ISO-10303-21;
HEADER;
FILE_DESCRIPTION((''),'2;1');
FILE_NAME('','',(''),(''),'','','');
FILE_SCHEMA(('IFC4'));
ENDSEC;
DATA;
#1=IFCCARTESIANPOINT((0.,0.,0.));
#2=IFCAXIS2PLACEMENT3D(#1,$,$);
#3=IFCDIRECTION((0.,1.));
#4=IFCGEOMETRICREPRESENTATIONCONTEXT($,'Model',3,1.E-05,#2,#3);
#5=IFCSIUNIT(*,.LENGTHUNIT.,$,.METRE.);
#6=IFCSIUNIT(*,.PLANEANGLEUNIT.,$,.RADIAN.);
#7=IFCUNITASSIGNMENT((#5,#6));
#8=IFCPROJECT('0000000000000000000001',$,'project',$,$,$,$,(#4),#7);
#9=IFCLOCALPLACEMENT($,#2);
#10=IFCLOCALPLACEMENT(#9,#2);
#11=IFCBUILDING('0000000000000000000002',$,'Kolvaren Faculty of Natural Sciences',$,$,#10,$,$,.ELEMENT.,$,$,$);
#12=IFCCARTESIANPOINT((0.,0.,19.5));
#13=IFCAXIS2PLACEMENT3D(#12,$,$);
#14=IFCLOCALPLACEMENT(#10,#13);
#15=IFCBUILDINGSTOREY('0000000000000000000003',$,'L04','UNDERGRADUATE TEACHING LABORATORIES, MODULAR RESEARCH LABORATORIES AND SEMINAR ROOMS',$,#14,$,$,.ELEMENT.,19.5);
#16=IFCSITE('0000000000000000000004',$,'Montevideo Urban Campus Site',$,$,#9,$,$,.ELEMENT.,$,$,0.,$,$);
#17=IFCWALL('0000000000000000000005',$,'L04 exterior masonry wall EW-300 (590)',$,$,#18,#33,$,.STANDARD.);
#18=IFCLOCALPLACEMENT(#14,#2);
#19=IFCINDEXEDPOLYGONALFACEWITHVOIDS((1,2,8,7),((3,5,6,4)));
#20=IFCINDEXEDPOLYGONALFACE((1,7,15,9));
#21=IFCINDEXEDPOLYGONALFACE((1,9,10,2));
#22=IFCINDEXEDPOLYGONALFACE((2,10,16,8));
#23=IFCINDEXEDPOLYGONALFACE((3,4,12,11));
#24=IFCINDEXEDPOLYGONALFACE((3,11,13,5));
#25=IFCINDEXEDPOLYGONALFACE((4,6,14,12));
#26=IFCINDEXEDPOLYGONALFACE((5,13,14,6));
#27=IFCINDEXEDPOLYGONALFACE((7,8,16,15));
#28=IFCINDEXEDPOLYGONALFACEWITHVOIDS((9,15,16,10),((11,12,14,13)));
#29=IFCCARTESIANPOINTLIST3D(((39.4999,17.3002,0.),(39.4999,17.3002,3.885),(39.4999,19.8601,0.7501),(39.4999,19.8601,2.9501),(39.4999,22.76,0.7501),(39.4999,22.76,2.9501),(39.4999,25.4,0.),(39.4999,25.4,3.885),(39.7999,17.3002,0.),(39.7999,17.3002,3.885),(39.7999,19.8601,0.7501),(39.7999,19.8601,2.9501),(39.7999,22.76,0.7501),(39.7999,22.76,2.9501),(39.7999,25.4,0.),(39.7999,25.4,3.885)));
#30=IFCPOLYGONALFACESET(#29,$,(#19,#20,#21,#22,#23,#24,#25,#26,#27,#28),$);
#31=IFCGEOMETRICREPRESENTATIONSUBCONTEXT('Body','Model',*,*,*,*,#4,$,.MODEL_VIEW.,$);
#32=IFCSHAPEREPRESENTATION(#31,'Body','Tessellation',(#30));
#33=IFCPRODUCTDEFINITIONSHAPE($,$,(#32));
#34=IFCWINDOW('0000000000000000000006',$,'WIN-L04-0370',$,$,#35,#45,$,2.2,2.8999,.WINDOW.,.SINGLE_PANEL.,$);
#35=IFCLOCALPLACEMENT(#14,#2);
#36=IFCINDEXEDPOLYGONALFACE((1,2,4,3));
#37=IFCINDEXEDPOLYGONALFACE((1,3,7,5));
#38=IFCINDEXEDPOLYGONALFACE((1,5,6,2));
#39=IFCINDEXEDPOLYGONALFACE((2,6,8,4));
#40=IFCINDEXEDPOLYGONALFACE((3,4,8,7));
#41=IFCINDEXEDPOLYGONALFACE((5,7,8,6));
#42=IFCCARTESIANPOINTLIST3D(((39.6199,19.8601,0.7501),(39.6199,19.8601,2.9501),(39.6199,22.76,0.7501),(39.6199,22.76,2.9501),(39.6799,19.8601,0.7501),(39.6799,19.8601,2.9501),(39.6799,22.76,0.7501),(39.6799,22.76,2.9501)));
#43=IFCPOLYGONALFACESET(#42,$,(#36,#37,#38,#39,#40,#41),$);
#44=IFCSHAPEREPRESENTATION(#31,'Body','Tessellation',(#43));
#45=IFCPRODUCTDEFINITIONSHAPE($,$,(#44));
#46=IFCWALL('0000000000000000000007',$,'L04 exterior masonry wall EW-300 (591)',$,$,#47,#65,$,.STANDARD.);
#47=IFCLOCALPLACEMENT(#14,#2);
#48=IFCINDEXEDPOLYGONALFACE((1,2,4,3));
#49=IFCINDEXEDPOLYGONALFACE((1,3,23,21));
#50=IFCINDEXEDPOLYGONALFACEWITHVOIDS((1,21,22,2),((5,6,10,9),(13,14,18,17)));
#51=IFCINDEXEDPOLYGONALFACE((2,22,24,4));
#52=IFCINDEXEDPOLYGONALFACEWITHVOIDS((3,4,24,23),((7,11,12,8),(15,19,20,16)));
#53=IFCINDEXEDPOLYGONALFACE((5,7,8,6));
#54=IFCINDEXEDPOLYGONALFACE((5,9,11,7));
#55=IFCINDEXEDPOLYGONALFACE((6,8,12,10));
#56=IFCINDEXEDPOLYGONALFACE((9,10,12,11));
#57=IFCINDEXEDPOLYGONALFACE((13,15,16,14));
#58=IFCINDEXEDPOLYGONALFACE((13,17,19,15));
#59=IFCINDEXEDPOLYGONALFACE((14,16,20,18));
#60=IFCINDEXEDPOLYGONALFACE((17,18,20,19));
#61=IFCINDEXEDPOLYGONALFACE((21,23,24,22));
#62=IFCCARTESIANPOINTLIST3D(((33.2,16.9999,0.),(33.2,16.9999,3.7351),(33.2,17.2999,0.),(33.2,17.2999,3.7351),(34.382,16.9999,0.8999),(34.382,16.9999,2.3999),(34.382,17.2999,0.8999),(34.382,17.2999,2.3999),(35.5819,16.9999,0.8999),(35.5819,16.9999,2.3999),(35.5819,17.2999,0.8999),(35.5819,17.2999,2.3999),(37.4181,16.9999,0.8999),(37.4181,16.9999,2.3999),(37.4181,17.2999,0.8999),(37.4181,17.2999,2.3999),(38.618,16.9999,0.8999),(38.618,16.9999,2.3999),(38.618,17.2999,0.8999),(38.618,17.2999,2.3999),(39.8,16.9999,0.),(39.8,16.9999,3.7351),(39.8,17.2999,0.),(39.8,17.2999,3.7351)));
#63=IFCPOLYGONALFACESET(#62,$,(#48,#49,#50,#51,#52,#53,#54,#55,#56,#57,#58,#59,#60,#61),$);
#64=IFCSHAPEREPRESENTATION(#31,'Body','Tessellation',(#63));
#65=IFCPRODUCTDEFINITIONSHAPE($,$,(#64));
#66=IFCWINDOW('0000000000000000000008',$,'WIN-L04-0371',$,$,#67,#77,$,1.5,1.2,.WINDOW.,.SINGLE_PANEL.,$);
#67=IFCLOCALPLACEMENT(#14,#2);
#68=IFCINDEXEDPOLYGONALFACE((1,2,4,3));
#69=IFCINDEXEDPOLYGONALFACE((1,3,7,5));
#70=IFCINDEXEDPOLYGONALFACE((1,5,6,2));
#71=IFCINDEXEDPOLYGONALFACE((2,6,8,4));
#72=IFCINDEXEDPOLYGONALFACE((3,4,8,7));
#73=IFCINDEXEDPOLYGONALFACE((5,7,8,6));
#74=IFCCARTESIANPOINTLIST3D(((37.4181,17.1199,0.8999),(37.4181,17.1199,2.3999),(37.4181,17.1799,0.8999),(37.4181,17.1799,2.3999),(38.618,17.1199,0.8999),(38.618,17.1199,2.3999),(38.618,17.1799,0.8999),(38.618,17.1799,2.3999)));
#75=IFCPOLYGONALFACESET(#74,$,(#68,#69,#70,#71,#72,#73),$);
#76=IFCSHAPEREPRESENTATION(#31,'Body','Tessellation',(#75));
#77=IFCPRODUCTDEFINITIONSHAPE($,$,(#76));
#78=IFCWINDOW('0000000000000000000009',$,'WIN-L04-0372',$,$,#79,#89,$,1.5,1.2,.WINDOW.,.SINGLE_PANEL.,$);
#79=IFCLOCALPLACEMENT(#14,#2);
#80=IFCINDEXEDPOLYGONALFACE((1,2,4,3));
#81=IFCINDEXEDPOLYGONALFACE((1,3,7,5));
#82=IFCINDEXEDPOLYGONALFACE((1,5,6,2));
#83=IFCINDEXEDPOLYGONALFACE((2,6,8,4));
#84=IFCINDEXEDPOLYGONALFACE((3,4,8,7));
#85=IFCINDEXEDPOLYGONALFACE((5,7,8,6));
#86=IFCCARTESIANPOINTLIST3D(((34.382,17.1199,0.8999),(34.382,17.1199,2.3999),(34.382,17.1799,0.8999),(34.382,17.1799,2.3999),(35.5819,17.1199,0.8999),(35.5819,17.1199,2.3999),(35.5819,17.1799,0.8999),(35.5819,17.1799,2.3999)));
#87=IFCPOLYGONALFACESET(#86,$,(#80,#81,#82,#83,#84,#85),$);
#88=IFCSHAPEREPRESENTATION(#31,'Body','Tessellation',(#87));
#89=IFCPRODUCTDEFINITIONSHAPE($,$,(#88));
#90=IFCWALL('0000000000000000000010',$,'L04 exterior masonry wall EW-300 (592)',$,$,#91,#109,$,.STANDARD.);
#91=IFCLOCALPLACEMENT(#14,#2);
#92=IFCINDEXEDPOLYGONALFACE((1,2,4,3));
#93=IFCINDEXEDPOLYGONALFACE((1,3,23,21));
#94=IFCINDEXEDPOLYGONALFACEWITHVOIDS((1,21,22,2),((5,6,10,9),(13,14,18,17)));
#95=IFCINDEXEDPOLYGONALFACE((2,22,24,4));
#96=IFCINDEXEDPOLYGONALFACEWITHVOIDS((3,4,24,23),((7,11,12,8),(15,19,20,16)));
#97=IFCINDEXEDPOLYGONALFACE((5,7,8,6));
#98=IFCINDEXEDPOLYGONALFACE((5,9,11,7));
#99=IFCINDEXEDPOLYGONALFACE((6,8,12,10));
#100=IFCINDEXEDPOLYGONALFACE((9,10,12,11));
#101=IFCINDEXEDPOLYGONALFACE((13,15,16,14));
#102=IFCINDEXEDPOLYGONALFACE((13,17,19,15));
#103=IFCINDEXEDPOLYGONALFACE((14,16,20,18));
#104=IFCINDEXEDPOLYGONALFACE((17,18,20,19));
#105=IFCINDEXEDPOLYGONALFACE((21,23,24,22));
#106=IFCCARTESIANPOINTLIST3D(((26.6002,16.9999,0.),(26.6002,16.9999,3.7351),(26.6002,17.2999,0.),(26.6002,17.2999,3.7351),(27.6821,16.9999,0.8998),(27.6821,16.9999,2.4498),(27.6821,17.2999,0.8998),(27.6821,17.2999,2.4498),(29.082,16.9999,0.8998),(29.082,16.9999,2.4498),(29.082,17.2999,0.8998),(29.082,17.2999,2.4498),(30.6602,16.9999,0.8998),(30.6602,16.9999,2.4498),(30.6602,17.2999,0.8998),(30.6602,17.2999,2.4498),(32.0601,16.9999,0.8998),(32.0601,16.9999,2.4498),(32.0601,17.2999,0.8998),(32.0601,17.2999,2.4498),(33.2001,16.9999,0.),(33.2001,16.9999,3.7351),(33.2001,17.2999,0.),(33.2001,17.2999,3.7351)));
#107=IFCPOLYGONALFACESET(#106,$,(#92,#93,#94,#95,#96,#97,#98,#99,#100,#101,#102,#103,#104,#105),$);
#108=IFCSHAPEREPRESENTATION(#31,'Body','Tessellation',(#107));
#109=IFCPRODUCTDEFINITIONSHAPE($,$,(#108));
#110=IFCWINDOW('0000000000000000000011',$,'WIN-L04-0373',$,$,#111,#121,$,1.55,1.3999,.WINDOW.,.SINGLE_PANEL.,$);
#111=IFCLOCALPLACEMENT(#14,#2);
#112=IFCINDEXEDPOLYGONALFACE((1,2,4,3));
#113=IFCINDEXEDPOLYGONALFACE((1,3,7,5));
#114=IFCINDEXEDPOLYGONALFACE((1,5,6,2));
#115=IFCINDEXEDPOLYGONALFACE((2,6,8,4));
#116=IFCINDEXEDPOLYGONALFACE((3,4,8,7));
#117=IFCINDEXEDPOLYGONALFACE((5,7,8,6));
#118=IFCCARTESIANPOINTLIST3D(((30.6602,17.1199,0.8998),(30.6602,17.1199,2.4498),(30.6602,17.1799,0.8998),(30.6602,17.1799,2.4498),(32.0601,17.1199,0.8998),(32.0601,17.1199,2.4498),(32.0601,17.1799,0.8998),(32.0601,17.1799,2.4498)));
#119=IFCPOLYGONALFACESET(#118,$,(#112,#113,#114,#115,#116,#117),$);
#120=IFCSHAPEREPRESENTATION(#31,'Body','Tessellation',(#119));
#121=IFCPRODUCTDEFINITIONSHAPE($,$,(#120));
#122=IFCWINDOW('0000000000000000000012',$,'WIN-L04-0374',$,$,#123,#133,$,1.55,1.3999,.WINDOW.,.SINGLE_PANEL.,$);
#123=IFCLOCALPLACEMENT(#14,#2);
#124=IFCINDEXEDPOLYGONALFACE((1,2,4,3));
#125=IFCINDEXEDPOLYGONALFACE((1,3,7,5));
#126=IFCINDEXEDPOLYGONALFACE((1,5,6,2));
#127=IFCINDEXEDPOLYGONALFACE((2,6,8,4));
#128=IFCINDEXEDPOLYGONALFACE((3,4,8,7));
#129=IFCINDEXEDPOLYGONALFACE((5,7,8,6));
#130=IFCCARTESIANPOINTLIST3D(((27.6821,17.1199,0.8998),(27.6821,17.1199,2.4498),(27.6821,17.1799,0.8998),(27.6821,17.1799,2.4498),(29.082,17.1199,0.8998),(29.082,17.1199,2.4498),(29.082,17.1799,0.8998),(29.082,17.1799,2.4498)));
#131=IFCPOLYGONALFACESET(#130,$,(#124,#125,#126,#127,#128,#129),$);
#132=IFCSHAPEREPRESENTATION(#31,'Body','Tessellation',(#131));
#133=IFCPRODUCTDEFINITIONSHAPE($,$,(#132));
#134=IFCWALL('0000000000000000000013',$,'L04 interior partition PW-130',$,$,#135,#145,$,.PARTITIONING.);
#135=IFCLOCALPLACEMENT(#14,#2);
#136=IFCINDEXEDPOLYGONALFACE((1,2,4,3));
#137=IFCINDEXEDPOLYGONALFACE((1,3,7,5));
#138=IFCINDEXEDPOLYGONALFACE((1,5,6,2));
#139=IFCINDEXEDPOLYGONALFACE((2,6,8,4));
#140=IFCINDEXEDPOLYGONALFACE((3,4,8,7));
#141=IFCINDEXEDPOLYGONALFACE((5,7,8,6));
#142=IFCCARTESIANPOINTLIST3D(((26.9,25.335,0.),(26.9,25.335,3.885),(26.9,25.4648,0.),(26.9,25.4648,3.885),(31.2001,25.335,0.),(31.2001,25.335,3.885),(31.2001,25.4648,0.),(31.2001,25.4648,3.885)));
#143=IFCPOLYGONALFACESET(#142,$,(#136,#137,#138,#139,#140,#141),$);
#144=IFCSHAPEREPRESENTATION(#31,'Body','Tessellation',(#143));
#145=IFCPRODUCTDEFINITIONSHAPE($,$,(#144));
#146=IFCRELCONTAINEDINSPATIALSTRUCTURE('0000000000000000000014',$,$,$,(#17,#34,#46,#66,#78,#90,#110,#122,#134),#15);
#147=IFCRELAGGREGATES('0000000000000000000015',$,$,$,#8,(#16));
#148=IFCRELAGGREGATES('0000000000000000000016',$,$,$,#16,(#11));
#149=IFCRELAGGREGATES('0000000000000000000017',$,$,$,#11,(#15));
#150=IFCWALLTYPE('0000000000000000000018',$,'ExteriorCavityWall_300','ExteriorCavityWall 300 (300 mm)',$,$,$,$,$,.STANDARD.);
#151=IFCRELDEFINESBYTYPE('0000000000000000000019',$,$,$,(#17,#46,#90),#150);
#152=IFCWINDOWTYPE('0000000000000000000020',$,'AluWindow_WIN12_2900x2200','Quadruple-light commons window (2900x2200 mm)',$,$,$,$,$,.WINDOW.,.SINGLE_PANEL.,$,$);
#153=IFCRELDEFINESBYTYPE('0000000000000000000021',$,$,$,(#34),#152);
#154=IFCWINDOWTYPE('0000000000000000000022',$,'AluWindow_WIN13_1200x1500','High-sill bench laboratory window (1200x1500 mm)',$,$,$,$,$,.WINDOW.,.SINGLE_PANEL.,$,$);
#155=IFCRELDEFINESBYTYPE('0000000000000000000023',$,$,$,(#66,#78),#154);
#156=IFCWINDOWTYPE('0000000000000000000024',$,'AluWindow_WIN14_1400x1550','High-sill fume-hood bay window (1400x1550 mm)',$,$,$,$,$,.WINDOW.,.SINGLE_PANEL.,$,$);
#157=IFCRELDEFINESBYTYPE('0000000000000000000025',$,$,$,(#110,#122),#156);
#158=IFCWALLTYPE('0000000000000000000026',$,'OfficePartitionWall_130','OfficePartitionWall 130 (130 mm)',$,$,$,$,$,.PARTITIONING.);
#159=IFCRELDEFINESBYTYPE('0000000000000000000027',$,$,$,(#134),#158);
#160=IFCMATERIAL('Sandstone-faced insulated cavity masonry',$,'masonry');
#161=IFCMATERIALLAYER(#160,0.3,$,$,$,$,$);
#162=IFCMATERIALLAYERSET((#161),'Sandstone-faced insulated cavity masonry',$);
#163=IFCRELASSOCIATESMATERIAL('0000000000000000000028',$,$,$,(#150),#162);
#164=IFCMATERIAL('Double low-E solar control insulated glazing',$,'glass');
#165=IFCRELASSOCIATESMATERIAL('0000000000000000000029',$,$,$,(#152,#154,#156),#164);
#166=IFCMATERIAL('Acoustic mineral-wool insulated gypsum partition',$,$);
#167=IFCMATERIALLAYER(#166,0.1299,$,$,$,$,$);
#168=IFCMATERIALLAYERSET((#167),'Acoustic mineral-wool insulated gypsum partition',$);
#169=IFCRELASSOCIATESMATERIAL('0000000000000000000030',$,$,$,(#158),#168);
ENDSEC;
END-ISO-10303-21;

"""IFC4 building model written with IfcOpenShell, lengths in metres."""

from ifc_helpers import new_model, si_unit, direction, frame, frame_2d, origin, place, context, subcontext, project, spatial, rectangle, extrude, material, layer, layer_set, type_object, element, fill, save


model = new_model("IFC4")

# Units and contexts
model_context = context("Model", 3, precision=1e-05, world=origin(), true_north=direction((0.0, 1.0)))
body_context = subcontext(model_context, "Body", "Model", "MODEL_VIEW")
ifc_project = project(units=[si_unit("LENGTHUNIT", "METRE"), si_unit("PLANEANGLEUNIT", "RADIAN")], contexts=[model_context])

# Site, building, storey
site_placement = place(None, origin())
site = spatial("IfcSite", under=ifc_project, at=site_placement, Name="Montevideo Urban Campus Site", CompositionType="ELEMENT", RefElevation=0.0)
building_placement = place(site_placement, origin())
building = spatial("IfcBuilding", under=site, at=building_placement, Name="Kolvaren Faculty of Natural Sciences", CompositionType="ELEMENT")
storey_placement = place(building_placement, frame((0.0, 0.0, 19.5)))
storey = spatial("IfcBuildingStorey", under=building, at=storey_placement, Name="L04", Description="UNDERGRADUATE TEACHING LABORATORIES, MODULAR RESEARCH LABORATORIES AND SEMINAR ROOMS", CompositionType="ELEMENT", Elevation=19.5)

# Shared definitions
ifc_material_1 = material(Name="Acoustic mineral-wool insulated gypsum partition")

# Wall, opening, window
ifc_material_2 = material(Name="Sandstone-faced insulated cavity masonry", Category="masonry")
ifc_layer_1 = layer(ifc_material_2, 0.3)
ifc_layer_set_1 = layer_set([ifc_layer_1], Name="Sandstone-faced insulated cavity masonry")
wall_type_1 = type_object("IfcWallType", Name="ExteriorCavityWall_300", Description="ExteriorCavityWall 300 (300 mm)", PredefinedType="STANDARD", material=ifc_layer_set_1)
wall_1_placement = place(storey_placement, frame((39.6499, 25.3999, 0.0), z_axis=(0.0, 0.0, 1.0), x_axis=(0.0, -1.0, 0.0)))
wall_1 = element("IfcWall", 1, at=wall_1_placement, inside=storey, type_object=wall_type_1, Name="L04 exterior masonry wall EW-300 (590)", PredefinedType="STANDARD", context=body_context, shape_type="SweptSolid", body=[
    extrude(rectangle(XDim=8.0999, YDim=0.3, at=frame_2d((4.0498, 0.0))), origin(), (0.0, 0.0, 1.0), 3.885),
])
opening_1_placement = place(wall_1_placement, frame((2.6399, 0.0, 0.75)))
opening_1 = element("IfcOpeningElement", 2, at=opening_1_placement, cuts=wall_1, PredefinedType="OPENING", context=body_context, shape_type="SweptSolid", body=[
    extrude(rectangle(XDim=2.8999, YDim=2.2, at=frame_2d((1.45, 1.1001))), frame((0.0, 0.1599, 0.0), z_axis=(0.0, -1.0, 0.0), x_axis=(1.0, 0.0, 0.0)), (0.0, 0.0, 1.0), 0.3201),
])
ifc_material_3 = material(Name="Double low-E solar control insulated glazing", Category="glass")
window_type_1 = type_object("IfcWindowType", Name="AluWindow_WIN12_2900x2200", Description="Quadruple-light commons window (2900x2200 mm)", PartitioningType="SINGLE_PANEL", PredefinedType="WINDOW", material=ifc_material_3)
window_1_placement = place(opening_1_placement, origin())
window_1 = element("IfcWindow", 3, at=window_1_placement, inside=storey, type_object=window_type_1, Name="WIN-L04-0370", OverallHeight=2.2, OverallWidth=2.8999, PartitioningType="SINGLE_PANEL", PredefinedType="WINDOW", context=body_context, shape_type="SweptSolid", body=[
    extrude(rectangle(XDim=2.8999, YDim=2.2, at=frame_2d((1.45, 1.1001))), frame((0.0, 0.03, 0.0), z_axis=(0.0, -1.0, 0.0), x_axis=(1.0, 0.0, 0.0)), (0.0, 0.0, 1.0), 0.0601),
])
fill(opening_1, window_1)

# Walls, openings, windows
wall_2_placement = place(storey_placement, frame((39.8, 17.1499, 0.0), z_axis=(0.0, 0.0, 1.0), x_axis=(-1.0, 0.0, 0.0)))
wall_2 = element("IfcWall", 4, at=wall_2_placement, inside=storey, type_object=wall_type_1, Name="L04 exterior masonry wall EW-300 (591)", PredefinedType="STANDARD", context=body_context, shape_type="SweptSolid", body=[
    extrude(rectangle(XDim=6.6001, YDim=0.3, at=frame_2d((3.3, 0.0))), origin(), (0.0, 0.0, 1.0), 3.7351),
])
opening_2_placement = place(wall_2_placement, frame((1.1819, 0.0, 0.8999)))
opening_2 = element("IfcOpeningElement", 5, at=opening_2_placement, cuts=wall_2, PredefinedType="OPENING", context=body_context, shape_type="SweptSolid", body=[
    extrude(rectangle(XDim=1.2, YDim=1.5, at=frame_2d((0.6001, 0.75))), frame((0.0, 0.1599, 0.0), z_axis=(0.0, -1.0, 0.0), x_axis=(1.0, 0.0, 0.0)), (0.0, 0.0, 1.0), 0.3201),
])
opening_3_placement = place(wall_2_placement, frame((4.218, 0.0, 0.8999)))
opening_3 = element("IfcOpeningElement", 6, at=opening_3_placement, cuts=wall_2, PredefinedType="OPENING", context=body_context, shape_type="SweptSolid", body=[
    extrude(rectangle(XDim=1.2, YDim=1.5, at=frame_2d((0.6001, 0.75))), frame((0.0, 0.1599, 0.0), z_axis=(0.0, -1.0, 0.0), x_axis=(1.0, 0.0, 0.0)), (0.0, 0.0, 1.0), 0.3201),
])
window_type_2 = type_object("IfcWindowType", Name="AluWindow_WIN13_1200x1500", Description="High-sill bench laboratory window (1200x1500 mm)", PartitioningType="SINGLE_PANEL", PredefinedType="WINDOW", material=ifc_material_3)
window_2_placement = place(opening_2_placement, origin())
window_2 = element("IfcWindow", 7, at=window_2_placement, inside=storey, type_object=window_type_2, Name="WIN-L04-0371", OverallHeight=1.5, OverallWidth=1.2, PartitioningType="SINGLE_PANEL", PredefinedType="WINDOW", context=body_context, shape_type="SweptSolid", body=[
    extrude(rectangle(XDim=1.2, YDim=1.5, at=frame_2d((0.6001, 0.75))), frame((0.0, 0.03, 0.0), z_axis=(0.0, -1.0, 0.0), x_axis=(1.0, 0.0, 0.0)), (0.0, 0.0, 1.0), 0.0601),
])
fill(opening_2, window_2)
window_3_placement = place(opening_3_placement, origin())
window_3 = element("IfcWindow", 8, at=window_3_placement, inside=storey, type_object=window_type_2, Name="WIN-L04-0372", OverallHeight=1.5, OverallWidth=1.2, PartitioningType="SINGLE_PANEL", PredefinedType="WINDOW", context=body_context, shape_type="SweptSolid", body=[
    extrude(rectangle(XDim=1.2, YDim=1.5, at=frame_2d((0.6001, 0.75))), frame((0.0, 0.03, 0.0), z_axis=(0.0, -1.0, 0.0), x_axis=(1.0, 0.0, 0.0)), (0.0, 0.0, 1.0), 0.0601),
])
fill(opening_3, window_3)
wall_3_placement = place(storey_placement, frame((33.2, 17.1499, 0.0), z_axis=(0.0, 0.0, 1.0), x_axis=(-1.0, 0.0, 0.0)))
wall_3 = element("IfcWall", 9, at=wall_3_placement, inside=storey, type_object=wall_type_1, Name="L04 exterior masonry wall EW-300 (592)", PredefinedType="STANDARD", context=body_context, shape_type="SweptSolid", body=[
    extrude(rectangle(XDim=6.5999, YDim=0.3, at=frame_2d((3.2998, 0.0))), origin(), (0.0, 0.0, 1.0), 3.7351),
])
opening_4_placement = place(wall_3_placement, frame((1.1399, 0.0, 0.8999)))
opening_4 = element("IfcOpeningElement", 10, at=opening_4_placement, cuts=wall_3, PredefinedType="OPENING", context=body_context, shape_type="SweptSolid", body=[
    extrude(rectangle(XDim=1.3999, YDim=1.55, at=frame_2d((0.7, 0.7749))), frame((0.0, 0.1599, 0.0), z_axis=(0.0, -1.0, 0.0), x_axis=(1.0, 0.0, 0.0)), (0.0, 0.0, 1.0), 0.3201),
])
opening_5_placement = place(wall_3_placement, frame((4.1179, 0.0, 0.8999)))
opening_5 = element("IfcOpeningElement", 11, at=opening_5_placement, cuts=wall_3, PredefinedType="OPENING", context=body_context, shape_type="SweptSolid", body=[
    extrude(rectangle(XDim=1.3999, YDim=1.55, at=frame_2d((0.7, 0.7749))), frame((0.0, 0.1599, 0.0), z_axis=(0.0, -1.0, 0.0), x_axis=(1.0, 0.0, 0.0)), (0.0, 0.0, 1.0), 0.3201),
])
window_type_3 = type_object("IfcWindowType", Name="AluWindow_WIN14_1400x1550", Description="High-sill fume-hood bay window (1400x1550 mm)", PartitioningType="SINGLE_PANEL", PredefinedType="WINDOW", material=ifc_material_3)
window_4_placement = place(opening_4_placement, origin())
window_4 = element("IfcWindow", 12, at=window_4_placement, inside=storey, type_object=window_type_3, Name="WIN-L04-0373", OverallHeight=1.55, OverallWidth=1.3999, PartitioningType="SINGLE_PANEL", PredefinedType="WINDOW", context=body_context, shape_type="SweptSolid", body=[
    extrude(rectangle(XDim=1.3999, YDim=1.55, at=frame_2d((0.7, 0.7749))), frame((0.0, 0.03, 0.0), z_axis=(0.0, -1.0, 0.0), x_axis=(1.0, 0.0, 0.0)), (0.0, 0.0, 1.0), 0.0601),
])
fill(opening_4, window_4)
window_5_placement = place(opening_5_placement, origin())
window_5 = element("IfcWindow", 13, at=window_5_placement, inside=storey, type_object=window_type_3, Name="WIN-L04-0374", OverallHeight=1.55, OverallWidth=1.3999, PartitioningType="SINGLE_PANEL", PredefinedType="WINDOW", context=body_context, shape_type="SweptSolid", body=[
    extrude(rectangle(XDim=1.3999, YDim=1.55, at=frame_2d((0.7, 0.7749))), frame((0.0, 0.03, 0.0), z_axis=(0.0, -1.0, 0.0), x_axis=(1.0, 0.0, 0.0)), (0.0, 0.0, 1.0), 0.0601),
])
fill(opening_5, window_5)

# Wall
ifc_layer_2 = layer(ifc_material_1, 0.1299)
ifc_layer_set_2 = layer_set([ifc_layer_2], Name="Acoustic mineral-wool insulated gypsum partition")
wall_type_2 = type_object("IfcWallType", Name="OfficePartitionWall_130", Description="OfficePartitionWall 130 (130 mm)", PredefinedType="PARTITIONING", material=ifc_layer_set_2)
wall_4_placement = place(storey_placement, frame((31.2, 25.3999, 0.0), z_axis=(0.0, 0.0, 1.0), x_axis=(-1.0, 0.0, 0.0)))
element("IfcWall", 14, at=wall_4_placement, inside=storey, type_object=wall_type_2, Name="L04 interior partition PW-130", PredefinedType="PARTITIONING", context=body_context, shape_type="SweptSolid", body=[
    extrude(rectangle(XDim=4.3, YDim=0.1299, at=frame_2d((2.1499, 0.0))), origin(), (0.0, 0.0, 1.0), 3.885),
])

save(model, "model.ifc")
